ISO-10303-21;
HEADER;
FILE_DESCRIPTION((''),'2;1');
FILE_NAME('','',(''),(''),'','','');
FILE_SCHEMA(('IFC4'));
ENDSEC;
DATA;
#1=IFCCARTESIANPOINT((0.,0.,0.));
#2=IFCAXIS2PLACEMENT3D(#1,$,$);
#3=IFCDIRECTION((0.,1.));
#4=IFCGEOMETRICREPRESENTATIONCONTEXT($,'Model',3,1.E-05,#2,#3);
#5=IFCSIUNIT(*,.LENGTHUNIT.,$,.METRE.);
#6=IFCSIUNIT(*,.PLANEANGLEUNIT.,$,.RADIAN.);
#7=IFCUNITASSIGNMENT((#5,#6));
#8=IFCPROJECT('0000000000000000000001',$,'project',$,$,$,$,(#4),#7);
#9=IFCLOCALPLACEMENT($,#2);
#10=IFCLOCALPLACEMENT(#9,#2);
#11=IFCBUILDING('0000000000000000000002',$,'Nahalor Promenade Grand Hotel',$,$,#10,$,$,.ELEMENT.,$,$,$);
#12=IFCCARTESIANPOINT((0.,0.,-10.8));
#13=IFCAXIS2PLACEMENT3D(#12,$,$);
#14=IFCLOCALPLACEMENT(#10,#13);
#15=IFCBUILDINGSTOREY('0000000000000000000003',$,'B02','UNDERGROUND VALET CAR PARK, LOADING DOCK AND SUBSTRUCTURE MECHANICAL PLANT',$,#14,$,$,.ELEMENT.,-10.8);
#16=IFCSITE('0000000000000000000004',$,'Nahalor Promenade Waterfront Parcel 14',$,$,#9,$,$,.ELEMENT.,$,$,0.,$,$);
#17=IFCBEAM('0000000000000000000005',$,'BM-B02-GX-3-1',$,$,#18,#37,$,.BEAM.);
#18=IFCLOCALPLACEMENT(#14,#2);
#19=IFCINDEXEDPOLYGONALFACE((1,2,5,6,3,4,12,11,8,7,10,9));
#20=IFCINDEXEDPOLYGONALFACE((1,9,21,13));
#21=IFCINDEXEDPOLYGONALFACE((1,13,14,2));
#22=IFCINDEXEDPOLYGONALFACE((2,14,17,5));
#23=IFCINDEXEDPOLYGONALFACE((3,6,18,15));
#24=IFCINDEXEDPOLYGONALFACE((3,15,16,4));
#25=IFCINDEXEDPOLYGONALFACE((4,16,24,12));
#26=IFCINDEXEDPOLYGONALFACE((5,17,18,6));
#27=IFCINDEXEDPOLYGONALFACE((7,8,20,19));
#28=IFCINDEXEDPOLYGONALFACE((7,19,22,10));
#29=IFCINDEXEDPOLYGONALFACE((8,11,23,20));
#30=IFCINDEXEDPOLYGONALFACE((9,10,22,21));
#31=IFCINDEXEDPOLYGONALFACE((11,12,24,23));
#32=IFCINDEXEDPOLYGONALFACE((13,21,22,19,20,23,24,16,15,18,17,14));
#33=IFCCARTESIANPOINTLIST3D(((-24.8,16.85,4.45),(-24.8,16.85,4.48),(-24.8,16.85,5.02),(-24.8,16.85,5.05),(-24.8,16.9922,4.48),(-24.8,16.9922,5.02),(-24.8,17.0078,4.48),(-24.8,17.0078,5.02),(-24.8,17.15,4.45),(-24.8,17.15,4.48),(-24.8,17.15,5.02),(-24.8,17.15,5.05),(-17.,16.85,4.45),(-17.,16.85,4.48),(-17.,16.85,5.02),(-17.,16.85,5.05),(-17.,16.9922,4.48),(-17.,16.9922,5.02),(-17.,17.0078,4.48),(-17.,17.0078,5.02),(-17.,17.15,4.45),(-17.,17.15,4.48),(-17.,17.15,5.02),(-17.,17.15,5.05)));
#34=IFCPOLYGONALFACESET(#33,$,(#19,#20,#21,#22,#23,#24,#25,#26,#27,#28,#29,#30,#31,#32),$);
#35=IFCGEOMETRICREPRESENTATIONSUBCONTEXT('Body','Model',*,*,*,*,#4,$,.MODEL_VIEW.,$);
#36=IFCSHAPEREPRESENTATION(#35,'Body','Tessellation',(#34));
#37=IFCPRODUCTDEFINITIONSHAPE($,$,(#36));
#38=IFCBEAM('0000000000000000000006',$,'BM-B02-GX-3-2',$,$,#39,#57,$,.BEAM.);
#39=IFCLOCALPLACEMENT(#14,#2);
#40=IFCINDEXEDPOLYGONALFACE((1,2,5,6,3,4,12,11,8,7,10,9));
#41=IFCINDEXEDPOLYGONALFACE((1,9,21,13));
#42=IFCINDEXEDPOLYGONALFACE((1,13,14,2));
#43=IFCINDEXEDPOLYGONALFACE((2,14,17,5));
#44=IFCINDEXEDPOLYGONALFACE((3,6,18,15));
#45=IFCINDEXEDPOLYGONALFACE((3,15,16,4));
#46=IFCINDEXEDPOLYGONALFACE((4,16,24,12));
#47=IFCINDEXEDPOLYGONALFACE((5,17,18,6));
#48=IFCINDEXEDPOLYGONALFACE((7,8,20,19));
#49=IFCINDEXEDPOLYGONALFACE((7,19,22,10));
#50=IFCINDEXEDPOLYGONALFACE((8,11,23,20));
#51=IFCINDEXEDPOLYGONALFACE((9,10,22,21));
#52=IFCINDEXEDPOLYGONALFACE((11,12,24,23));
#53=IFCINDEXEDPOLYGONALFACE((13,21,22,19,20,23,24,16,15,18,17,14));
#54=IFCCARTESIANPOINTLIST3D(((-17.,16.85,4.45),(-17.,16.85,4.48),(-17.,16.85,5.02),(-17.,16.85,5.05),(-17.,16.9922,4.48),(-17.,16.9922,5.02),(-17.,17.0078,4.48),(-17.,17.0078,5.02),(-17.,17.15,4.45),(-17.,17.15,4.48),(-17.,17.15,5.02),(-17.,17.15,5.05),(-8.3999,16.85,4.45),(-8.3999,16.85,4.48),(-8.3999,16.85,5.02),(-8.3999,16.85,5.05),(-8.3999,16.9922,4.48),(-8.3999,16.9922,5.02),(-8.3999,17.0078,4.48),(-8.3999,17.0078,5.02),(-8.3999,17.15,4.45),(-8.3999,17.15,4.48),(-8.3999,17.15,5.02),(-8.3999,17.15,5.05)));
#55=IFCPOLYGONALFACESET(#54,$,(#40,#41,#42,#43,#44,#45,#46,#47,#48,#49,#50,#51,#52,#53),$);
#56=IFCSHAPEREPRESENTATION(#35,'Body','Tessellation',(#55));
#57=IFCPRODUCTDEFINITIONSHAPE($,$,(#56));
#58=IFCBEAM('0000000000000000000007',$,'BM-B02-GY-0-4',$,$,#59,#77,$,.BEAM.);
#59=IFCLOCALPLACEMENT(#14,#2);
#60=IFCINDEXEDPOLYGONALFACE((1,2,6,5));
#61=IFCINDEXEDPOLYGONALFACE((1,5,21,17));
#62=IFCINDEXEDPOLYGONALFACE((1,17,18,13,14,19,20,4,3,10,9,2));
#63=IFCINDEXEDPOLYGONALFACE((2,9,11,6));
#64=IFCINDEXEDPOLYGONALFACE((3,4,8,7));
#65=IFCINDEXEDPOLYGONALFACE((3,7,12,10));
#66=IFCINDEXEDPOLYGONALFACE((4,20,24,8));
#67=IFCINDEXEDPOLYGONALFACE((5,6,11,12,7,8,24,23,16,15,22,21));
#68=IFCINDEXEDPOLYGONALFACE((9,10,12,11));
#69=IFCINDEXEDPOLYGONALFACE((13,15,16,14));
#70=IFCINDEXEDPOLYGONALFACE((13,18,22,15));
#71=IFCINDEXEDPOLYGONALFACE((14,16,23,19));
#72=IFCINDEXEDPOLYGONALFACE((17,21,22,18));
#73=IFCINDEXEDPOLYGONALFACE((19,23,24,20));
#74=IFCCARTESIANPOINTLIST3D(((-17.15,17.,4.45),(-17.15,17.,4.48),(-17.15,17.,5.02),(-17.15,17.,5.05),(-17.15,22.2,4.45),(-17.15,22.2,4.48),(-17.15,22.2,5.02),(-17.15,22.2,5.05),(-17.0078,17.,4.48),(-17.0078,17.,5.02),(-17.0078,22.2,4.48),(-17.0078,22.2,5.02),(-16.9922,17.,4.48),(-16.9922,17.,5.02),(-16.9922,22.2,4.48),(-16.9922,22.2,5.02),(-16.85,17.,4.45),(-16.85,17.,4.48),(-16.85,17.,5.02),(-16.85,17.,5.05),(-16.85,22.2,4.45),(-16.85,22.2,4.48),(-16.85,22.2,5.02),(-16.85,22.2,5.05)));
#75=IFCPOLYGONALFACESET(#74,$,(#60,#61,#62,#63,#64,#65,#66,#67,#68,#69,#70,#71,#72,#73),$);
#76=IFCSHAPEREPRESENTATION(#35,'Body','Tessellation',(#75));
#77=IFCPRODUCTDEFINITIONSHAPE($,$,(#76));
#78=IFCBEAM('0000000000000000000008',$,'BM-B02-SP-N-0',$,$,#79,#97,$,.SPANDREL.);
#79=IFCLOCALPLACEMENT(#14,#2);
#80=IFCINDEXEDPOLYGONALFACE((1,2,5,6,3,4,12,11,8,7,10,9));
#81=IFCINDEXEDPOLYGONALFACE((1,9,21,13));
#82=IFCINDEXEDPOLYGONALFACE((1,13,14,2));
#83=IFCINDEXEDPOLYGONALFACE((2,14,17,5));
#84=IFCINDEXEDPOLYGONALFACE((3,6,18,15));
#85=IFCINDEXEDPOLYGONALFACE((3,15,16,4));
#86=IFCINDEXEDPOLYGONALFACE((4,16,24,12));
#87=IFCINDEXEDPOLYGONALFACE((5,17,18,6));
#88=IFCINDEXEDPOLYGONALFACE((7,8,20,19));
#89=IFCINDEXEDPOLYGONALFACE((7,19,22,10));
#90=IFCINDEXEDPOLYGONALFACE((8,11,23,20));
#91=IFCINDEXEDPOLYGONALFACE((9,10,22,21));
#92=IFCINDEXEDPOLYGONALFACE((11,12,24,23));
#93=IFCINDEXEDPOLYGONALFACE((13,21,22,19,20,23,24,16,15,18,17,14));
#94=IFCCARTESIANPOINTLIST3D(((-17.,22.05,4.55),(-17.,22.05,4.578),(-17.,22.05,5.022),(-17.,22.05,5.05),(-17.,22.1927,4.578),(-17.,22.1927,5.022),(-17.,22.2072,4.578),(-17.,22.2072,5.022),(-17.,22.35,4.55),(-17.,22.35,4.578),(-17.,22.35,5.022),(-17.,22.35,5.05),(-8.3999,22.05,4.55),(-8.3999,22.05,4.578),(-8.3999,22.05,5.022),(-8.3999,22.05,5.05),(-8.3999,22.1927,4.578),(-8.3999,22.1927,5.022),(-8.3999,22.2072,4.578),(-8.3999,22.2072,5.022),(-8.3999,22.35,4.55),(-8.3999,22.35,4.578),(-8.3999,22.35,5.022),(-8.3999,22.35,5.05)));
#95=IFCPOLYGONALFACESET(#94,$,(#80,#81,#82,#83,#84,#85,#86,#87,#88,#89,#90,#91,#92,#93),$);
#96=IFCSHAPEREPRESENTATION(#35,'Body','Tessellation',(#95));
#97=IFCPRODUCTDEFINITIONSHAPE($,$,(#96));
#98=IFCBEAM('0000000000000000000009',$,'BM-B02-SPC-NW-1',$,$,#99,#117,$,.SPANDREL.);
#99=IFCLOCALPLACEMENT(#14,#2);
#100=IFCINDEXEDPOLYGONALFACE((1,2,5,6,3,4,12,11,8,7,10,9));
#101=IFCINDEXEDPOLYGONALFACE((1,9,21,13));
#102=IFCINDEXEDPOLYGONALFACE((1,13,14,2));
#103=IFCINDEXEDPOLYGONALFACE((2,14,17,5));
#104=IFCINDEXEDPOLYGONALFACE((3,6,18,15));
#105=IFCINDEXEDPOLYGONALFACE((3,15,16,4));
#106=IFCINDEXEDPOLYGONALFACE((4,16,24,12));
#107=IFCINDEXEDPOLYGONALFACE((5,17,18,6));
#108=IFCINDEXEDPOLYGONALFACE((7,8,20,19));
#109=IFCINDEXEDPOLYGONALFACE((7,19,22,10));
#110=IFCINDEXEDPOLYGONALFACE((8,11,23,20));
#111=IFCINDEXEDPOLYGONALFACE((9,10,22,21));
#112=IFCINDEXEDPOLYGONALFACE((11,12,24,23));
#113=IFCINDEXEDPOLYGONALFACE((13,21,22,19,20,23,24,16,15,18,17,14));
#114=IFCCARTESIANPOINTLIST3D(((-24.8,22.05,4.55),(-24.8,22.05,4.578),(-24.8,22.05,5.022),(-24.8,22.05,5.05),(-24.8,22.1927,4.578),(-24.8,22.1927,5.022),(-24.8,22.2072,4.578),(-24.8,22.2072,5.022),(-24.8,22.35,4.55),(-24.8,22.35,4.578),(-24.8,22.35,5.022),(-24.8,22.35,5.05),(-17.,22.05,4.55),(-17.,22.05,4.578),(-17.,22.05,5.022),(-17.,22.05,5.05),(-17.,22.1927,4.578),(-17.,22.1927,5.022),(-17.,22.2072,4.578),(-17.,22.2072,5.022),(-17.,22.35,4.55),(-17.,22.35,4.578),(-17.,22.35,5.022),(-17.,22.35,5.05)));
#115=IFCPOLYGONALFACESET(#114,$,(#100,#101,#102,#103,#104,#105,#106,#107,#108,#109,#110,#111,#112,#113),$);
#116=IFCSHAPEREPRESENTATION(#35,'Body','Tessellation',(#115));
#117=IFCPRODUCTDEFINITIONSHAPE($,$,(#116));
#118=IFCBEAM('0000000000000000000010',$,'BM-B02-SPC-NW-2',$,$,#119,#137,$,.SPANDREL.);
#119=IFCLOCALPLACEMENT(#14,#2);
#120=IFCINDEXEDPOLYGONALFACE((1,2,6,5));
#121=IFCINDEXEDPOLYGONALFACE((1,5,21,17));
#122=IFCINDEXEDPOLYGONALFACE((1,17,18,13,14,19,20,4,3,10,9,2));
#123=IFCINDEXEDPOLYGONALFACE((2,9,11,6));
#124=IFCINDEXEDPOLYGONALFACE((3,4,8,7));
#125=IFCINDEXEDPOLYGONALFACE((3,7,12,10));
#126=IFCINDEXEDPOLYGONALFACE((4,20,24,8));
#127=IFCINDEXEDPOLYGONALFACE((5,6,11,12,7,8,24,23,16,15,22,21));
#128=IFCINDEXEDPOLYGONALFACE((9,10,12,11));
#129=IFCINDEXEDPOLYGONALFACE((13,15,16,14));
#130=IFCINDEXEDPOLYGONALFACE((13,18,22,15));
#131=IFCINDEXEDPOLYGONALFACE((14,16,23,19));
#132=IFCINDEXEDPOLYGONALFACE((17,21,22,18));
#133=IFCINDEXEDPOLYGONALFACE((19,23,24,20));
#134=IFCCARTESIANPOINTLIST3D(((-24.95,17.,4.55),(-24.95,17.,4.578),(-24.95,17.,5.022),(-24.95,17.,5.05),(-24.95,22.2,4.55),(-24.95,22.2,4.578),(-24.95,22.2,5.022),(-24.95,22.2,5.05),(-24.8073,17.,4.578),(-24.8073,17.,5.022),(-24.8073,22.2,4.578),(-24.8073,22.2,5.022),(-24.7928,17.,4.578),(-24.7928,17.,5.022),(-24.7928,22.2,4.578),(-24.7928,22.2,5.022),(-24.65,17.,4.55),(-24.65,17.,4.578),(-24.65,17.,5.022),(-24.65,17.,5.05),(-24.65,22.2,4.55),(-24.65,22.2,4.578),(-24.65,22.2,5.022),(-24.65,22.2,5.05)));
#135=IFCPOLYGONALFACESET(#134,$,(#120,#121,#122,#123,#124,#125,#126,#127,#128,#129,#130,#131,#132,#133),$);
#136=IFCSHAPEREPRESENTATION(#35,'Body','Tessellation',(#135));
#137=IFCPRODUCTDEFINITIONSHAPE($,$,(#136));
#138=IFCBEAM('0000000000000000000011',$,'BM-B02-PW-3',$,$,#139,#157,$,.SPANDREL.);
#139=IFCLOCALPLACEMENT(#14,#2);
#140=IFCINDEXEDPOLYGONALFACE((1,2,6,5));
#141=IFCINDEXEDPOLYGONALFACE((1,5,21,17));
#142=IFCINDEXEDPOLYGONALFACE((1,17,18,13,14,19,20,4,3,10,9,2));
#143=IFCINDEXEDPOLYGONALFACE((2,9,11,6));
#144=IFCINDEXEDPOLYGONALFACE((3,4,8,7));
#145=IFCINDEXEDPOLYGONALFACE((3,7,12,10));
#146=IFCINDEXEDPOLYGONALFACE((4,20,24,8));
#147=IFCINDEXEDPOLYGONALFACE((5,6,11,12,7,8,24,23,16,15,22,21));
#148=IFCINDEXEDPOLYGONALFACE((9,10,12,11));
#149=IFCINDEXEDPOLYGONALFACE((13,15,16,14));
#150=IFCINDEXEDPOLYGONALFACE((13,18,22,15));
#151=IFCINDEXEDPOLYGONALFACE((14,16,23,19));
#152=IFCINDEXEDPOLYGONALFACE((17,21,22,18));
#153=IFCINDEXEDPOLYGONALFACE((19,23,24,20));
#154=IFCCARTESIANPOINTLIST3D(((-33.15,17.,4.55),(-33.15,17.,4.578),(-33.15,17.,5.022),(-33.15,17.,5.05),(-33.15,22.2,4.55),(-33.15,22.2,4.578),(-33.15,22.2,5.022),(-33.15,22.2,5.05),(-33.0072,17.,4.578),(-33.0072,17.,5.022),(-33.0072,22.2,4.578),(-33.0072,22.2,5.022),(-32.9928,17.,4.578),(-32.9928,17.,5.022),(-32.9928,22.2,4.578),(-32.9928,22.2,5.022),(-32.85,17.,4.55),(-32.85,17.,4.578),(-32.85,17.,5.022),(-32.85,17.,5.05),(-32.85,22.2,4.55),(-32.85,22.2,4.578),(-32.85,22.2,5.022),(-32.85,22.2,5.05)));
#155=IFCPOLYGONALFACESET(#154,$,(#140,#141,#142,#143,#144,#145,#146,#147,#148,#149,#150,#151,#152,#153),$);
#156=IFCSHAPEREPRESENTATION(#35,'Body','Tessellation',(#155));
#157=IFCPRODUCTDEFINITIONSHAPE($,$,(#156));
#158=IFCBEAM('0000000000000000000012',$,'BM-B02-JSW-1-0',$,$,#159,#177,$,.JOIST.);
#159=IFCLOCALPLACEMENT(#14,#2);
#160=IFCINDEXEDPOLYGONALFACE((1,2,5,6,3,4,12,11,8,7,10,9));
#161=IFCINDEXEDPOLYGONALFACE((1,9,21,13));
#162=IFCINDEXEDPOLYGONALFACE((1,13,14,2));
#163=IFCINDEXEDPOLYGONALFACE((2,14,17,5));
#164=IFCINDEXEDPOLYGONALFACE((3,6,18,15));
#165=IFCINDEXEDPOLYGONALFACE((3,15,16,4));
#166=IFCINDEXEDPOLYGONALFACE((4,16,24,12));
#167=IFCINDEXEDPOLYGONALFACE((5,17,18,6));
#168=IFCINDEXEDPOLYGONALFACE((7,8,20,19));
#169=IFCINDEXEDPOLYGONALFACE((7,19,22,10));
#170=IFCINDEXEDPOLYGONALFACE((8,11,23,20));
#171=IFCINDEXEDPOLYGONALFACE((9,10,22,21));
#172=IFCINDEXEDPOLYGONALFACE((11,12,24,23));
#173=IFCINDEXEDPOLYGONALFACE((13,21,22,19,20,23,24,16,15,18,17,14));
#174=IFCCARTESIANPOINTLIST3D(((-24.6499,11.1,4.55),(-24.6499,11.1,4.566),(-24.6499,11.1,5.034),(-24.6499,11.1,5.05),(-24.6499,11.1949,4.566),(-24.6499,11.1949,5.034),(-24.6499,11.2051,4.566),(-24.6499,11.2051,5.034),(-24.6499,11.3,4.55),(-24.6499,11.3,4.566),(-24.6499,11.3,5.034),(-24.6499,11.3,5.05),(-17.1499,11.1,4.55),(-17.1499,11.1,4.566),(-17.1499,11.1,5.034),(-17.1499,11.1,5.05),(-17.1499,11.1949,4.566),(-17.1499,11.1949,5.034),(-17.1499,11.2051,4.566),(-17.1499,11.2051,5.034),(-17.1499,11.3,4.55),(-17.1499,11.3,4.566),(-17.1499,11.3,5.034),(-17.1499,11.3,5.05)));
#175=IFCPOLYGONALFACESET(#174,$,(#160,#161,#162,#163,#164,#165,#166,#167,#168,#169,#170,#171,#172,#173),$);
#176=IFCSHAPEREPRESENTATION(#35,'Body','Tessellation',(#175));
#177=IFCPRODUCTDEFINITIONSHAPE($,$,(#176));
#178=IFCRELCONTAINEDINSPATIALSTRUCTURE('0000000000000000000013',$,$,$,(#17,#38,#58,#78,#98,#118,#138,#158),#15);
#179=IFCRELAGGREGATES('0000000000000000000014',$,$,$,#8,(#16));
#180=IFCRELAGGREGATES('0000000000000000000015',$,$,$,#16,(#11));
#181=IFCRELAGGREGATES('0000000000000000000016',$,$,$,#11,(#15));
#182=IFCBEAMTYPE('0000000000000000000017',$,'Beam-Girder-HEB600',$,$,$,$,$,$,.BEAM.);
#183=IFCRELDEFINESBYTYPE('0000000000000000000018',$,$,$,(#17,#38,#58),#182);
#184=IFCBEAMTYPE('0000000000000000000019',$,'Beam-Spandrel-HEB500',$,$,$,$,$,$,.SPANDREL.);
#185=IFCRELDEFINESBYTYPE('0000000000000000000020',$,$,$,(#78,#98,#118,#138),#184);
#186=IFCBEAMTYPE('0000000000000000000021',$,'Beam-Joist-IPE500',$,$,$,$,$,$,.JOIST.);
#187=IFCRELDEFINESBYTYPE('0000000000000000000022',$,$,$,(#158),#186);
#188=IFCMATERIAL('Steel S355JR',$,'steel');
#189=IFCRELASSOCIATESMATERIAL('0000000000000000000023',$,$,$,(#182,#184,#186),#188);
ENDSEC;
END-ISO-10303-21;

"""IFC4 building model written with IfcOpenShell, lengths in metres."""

from ifc_helpers import new_model, si_unit, direction, frame, origin, origin_2d, place, context, subcontext, project, spatial, i_section, extrude, source, transform, mapped, material, material_profile, profile_set, type_object, element, save


model = new_model("IFC4")

# Units and contexts
model_context = context("Model", 3, precision=1e-05, world=origin(), true_north=direction((0.0, 1.0)))
body_context = subcontext(model_context, "Body", "Model", "MODEL_VIEW")
ifc_project = project(units=[si_unit("LENGTHUNIT", "METRE"), si_unit("PLANEANGLEUNIT", "RADIAN")], contexts=[model_context])

# Site, building, storey
site_placement = place(None, origin())
site = spatial("IfcSite", under=ifc_project, at=site_placement, Name="Nahalor Promenade Waterfront Parcel 14", CompositionType="ELEMENT", RefElevation=0.0)
building_placement = place(site_placement, origin())
building = spatial("IfcBuilding", under=site, at=building_placement, Name="Nahalor Promenade Grand Hotel", CompositionType="ELEMENT")
storey_placement = place(building_placement, frame((0.0, 0.0, -10.8)))
storey = spatial("IfcBuildingStorey", under=building, at=storey_placement, Name="B02", Description="UNDERGROUND VALET CAR PARK, LOADING DOCK AND SUBSTRUCTURE MECHANICAL PLANT", CompositionType="ELEMENT", Elevation=-10.8)

# Beams
ifc_material_1 = material(Name="Steel S355JR", Category="steel")
ifc_material_profile_1 = material_profile(ifc_material_1, i_section(OverallWidth=0.3, OverallDepth=0.6, WebThickness=0.0155, FlangeThickness=0.03, at=origin_2d()), Name="HEB 600")
ifc_profile_set_1 = profile_set([ifc_material_profile_1], Name="Steel S355JR")
beam_type_1 = type_object("IfcBeamType", Name="Beam-Girder-HEB600", PredefinedType="BEAM", material=ifc_profile_set_1)
shared_shape_1 = source(origin(), body_context, "Body", "SweptSolid", [
    extrude(i_section(OverallWidth=0.3, OverallDepth=0.6, WebThickness=0.0155, FlangeThickness=0.03, at=origin_2d()), origin(), (0.0, 0.0, 1.0), 7.8),
])
beam_1_placement = place(storey_placement, frame((-24.8, 17.0, 4.75), z_axis=(1.0, 0.0, 0.0), x_axis=(0.0, 1.0, 0.0)))
element("IfcBeam", 1, at=beam_1_placement, inside=storey, type_object=beam_type_1, Name="BM-B02-GX-3-1", PredefinedType="BEAM", context=body_context, shape_type="MappedRepresentation", body=[
    mapped(shared_shape_1, transform((0.0, 0.0, 0.0), scale=1.0)),
])
shared_shape_2 = source(origin(), body_context, "Body", "SweptSolid", [
    extrude(i_section(OverallWidth=0.3, OverallDepth=0.6, WebThickness=0.0155, FlangeThickness=0.03, at=origin_2d()), origin(), (0.0, 0.0, 1.0), 8.6001),
])
beam_2_placement = place(storey_placement, frame((-17.0, 17.0, 4.75), z_axis=(1.0, 0.0, 0.0), x_axis=(0.0, 1.0, 0.0)))
element("IfcBeam", 2, at=beam_2_placement, inside=storey, type_object=beam_type_1, Name="BM-B02-GX-3-2", PredefinedType="BEAM", context=body_context, shape_type="MappedRepresentation", body=[
    mapped(shared_shape_2, transform((0.0, 0.0, 0.0), scale=1.0)),
])
shared_shape_3 = source(origin(), body_context, "Body", "SweptSolid", [
    extrude(i_section(OverallWidth=0.3, OverallDepth=0.6, WebThickness=0.0155, FlangeThickness=0.03, at=origin_2d()), origin(), (0.0, 0.0, 1.0), 5.2),
])
beam_3_placement = place(storey_placement, frame((-17.0, 17.0, 4.75), z_axis=(0.0, 1.0, 0.0), x_axis=(-1.0, 0.0, 0.0)))
element("IfcBeam", 3, at=beam_3_placement, inside=storey, type_object=beam_type_1, Name="BM-B02-GY-0-4", PredefinedType="BEAM", context=body_context, shape_type="MappedRepresentation", body=[
    mapped(shared_shape_3, transform((0.0, 0.0, 0.0), scale=1.0)),
])
ifc_material_profile_2 = material_profile(ifc_material_1, i_section(OverallWidth=0.3, OverallDepth=0.5, WebThickness=0.0145, FlangeThickness=0.028, at=origin_2d()), Name="HEB 500")
ifc_profile_set_2 = profile_set([ifc_material_profile_2], Name="Steel S355JR")
beam_type_2 = type_object("IfcBeamType", Name="Beam-Spandrel-HEB500", PredefinedType="SPANDREL", material=ifc_profile_set_2)
shared_shape_4 = source(origin(), body_context, "Body", "SweptSolid", [
    extrude(i_section(OverallWidth=0.3, OverallDepth=0.5, WebThickness=0.0145, FlangeThickness=0.028, at=origin_2d()), origin(), (0.0, 0.0, 1.0), 8.6001),
])
beam_4_placement = place(storey_placement, frame((-17.0, 22.2, 4.8), z_axis=(1.0, 0.0, 0.0), x_axis=(0.0, 1.0, 0.0)))
element("IfcBeam", 4, at=beam_4_placement, inside=storey, type_object=beam_type_2, Name="BM-B02-SP-N-0", PredefinedType="SPANDREL", context=body_context, shape_type="MappedRepresentation", body=[
    mapped(shared_shape_4, transform((0.0, 0.0, 0.0), scale=1.0)),
])
shared_shape_5 = source(origin(), body_context, "Body", "SweptSolid", [
    extrude(i_section(OverallWidth=0.3, OverallDepth=0.5, WebThickness=0.0145, FlangeThickness=0.028, at=origin_2d()), origin(), (0.0, 0.0, 1.0), 7.8),
])
beam_5_placement = place(storey_placement, frame((-17.0, 22.2, 4.8), z_axis=(-1.0, 0.0, 0.0), x_axis=(0.0, -1.0, 0.0)))
element("IfcBeam", 5, at=beam_5_placement, inside=storey, type_object=beam_type_2, Name="BM-B02-SPC-NW-1", PredefinedType="SPANDREL", context=body_context, shape_type="MappedRepresentation", body=[
    mapped(shared_shape_5, transform((0.0, 0.0, 0.0), scale=1.0)),
])
shared_shape_6 = source(origin(), body_context, "Body", "SweptSolid", [
    extrude(i_section(OverallWidth=0.3, OverallDepth=0.5, WebThickness=0.0145, FlangeThickness=0.028, at=origin_2d()), origin(), (0.0, 0.0, 1.0), 5.2),
])
for number, where, z_axis, x_axis, name in (
    (6, (-24.8, 22.2, 4.8), (0.0, -1.0, 0.0), (1.0, 0.0, 0.0), "BM-B02-SPC-NW-2"),
    (7, (-33.0, 17.0, 4.8), (0.0, 1.0, 0.0), (-1.0, 0.0, 0.0), "BM-B02-PW-3"),
):
    element("IfcBeam", number, at=place(storey_placement, frame(where, z_axis=z_axis, x_axis=x_axis)), inside=storey, type_object=beam_type_2, Name=name, PredefinedType="SPANDREL", context=body_context, shape_type="MappedRepresentation", body=[
        mapped(shared_shape_6, transform((0.0, 0.0, 0.0), scale=1.0)),
    ])
ifc_material_profile_3 = material_profile(ifc_material_1, i_section(OverallWidth=0.2, OverallDepth=0.5, WebThickness=0.0102, FlangeThickness=0.016, at=origin_2d()), Name="IPE 500")
ifc_profile_set_3 = profile_set([ifc_material_profile_3], Name="Steel S355JR")
beam_type_3 = type_object("IfcBeamType", Name="Beam-Joist-IPE500", PredefinedType="JOIST", material=ifc_profile_set_3)
shared_shape_7 = source(origin(), body_context, "Body", "SweptSolid", [
    extrude(i_section(OverallWidth=0.2, OverallDepth=0.5, WebThickness=0.0102, FlangeThickness=0.016, at=origin_2d()), origin(), (0.0, 0.0, 1.0), 7.5),
])
beam_6_placement = place(storey_placement, frame((-24.6499, 11.2, 4.8), z_axis=(1.0, 0.0, 0.0), x_axis=(0.0, 1.0, 0.0)))
element("IfcBeam", 8, at=beam_6_placement, inside=storey, type_object=beam_type_3, Name="BM-B02-JSW-1-0", PredefinedType="JOIST", context=body_context, shape_type="MappedRepresentation", body=[
    mapped(shared_shape_7, transform((0.0, 0.0, 0.0), scale=1.0)),
])

save(model, "model.ifc")
